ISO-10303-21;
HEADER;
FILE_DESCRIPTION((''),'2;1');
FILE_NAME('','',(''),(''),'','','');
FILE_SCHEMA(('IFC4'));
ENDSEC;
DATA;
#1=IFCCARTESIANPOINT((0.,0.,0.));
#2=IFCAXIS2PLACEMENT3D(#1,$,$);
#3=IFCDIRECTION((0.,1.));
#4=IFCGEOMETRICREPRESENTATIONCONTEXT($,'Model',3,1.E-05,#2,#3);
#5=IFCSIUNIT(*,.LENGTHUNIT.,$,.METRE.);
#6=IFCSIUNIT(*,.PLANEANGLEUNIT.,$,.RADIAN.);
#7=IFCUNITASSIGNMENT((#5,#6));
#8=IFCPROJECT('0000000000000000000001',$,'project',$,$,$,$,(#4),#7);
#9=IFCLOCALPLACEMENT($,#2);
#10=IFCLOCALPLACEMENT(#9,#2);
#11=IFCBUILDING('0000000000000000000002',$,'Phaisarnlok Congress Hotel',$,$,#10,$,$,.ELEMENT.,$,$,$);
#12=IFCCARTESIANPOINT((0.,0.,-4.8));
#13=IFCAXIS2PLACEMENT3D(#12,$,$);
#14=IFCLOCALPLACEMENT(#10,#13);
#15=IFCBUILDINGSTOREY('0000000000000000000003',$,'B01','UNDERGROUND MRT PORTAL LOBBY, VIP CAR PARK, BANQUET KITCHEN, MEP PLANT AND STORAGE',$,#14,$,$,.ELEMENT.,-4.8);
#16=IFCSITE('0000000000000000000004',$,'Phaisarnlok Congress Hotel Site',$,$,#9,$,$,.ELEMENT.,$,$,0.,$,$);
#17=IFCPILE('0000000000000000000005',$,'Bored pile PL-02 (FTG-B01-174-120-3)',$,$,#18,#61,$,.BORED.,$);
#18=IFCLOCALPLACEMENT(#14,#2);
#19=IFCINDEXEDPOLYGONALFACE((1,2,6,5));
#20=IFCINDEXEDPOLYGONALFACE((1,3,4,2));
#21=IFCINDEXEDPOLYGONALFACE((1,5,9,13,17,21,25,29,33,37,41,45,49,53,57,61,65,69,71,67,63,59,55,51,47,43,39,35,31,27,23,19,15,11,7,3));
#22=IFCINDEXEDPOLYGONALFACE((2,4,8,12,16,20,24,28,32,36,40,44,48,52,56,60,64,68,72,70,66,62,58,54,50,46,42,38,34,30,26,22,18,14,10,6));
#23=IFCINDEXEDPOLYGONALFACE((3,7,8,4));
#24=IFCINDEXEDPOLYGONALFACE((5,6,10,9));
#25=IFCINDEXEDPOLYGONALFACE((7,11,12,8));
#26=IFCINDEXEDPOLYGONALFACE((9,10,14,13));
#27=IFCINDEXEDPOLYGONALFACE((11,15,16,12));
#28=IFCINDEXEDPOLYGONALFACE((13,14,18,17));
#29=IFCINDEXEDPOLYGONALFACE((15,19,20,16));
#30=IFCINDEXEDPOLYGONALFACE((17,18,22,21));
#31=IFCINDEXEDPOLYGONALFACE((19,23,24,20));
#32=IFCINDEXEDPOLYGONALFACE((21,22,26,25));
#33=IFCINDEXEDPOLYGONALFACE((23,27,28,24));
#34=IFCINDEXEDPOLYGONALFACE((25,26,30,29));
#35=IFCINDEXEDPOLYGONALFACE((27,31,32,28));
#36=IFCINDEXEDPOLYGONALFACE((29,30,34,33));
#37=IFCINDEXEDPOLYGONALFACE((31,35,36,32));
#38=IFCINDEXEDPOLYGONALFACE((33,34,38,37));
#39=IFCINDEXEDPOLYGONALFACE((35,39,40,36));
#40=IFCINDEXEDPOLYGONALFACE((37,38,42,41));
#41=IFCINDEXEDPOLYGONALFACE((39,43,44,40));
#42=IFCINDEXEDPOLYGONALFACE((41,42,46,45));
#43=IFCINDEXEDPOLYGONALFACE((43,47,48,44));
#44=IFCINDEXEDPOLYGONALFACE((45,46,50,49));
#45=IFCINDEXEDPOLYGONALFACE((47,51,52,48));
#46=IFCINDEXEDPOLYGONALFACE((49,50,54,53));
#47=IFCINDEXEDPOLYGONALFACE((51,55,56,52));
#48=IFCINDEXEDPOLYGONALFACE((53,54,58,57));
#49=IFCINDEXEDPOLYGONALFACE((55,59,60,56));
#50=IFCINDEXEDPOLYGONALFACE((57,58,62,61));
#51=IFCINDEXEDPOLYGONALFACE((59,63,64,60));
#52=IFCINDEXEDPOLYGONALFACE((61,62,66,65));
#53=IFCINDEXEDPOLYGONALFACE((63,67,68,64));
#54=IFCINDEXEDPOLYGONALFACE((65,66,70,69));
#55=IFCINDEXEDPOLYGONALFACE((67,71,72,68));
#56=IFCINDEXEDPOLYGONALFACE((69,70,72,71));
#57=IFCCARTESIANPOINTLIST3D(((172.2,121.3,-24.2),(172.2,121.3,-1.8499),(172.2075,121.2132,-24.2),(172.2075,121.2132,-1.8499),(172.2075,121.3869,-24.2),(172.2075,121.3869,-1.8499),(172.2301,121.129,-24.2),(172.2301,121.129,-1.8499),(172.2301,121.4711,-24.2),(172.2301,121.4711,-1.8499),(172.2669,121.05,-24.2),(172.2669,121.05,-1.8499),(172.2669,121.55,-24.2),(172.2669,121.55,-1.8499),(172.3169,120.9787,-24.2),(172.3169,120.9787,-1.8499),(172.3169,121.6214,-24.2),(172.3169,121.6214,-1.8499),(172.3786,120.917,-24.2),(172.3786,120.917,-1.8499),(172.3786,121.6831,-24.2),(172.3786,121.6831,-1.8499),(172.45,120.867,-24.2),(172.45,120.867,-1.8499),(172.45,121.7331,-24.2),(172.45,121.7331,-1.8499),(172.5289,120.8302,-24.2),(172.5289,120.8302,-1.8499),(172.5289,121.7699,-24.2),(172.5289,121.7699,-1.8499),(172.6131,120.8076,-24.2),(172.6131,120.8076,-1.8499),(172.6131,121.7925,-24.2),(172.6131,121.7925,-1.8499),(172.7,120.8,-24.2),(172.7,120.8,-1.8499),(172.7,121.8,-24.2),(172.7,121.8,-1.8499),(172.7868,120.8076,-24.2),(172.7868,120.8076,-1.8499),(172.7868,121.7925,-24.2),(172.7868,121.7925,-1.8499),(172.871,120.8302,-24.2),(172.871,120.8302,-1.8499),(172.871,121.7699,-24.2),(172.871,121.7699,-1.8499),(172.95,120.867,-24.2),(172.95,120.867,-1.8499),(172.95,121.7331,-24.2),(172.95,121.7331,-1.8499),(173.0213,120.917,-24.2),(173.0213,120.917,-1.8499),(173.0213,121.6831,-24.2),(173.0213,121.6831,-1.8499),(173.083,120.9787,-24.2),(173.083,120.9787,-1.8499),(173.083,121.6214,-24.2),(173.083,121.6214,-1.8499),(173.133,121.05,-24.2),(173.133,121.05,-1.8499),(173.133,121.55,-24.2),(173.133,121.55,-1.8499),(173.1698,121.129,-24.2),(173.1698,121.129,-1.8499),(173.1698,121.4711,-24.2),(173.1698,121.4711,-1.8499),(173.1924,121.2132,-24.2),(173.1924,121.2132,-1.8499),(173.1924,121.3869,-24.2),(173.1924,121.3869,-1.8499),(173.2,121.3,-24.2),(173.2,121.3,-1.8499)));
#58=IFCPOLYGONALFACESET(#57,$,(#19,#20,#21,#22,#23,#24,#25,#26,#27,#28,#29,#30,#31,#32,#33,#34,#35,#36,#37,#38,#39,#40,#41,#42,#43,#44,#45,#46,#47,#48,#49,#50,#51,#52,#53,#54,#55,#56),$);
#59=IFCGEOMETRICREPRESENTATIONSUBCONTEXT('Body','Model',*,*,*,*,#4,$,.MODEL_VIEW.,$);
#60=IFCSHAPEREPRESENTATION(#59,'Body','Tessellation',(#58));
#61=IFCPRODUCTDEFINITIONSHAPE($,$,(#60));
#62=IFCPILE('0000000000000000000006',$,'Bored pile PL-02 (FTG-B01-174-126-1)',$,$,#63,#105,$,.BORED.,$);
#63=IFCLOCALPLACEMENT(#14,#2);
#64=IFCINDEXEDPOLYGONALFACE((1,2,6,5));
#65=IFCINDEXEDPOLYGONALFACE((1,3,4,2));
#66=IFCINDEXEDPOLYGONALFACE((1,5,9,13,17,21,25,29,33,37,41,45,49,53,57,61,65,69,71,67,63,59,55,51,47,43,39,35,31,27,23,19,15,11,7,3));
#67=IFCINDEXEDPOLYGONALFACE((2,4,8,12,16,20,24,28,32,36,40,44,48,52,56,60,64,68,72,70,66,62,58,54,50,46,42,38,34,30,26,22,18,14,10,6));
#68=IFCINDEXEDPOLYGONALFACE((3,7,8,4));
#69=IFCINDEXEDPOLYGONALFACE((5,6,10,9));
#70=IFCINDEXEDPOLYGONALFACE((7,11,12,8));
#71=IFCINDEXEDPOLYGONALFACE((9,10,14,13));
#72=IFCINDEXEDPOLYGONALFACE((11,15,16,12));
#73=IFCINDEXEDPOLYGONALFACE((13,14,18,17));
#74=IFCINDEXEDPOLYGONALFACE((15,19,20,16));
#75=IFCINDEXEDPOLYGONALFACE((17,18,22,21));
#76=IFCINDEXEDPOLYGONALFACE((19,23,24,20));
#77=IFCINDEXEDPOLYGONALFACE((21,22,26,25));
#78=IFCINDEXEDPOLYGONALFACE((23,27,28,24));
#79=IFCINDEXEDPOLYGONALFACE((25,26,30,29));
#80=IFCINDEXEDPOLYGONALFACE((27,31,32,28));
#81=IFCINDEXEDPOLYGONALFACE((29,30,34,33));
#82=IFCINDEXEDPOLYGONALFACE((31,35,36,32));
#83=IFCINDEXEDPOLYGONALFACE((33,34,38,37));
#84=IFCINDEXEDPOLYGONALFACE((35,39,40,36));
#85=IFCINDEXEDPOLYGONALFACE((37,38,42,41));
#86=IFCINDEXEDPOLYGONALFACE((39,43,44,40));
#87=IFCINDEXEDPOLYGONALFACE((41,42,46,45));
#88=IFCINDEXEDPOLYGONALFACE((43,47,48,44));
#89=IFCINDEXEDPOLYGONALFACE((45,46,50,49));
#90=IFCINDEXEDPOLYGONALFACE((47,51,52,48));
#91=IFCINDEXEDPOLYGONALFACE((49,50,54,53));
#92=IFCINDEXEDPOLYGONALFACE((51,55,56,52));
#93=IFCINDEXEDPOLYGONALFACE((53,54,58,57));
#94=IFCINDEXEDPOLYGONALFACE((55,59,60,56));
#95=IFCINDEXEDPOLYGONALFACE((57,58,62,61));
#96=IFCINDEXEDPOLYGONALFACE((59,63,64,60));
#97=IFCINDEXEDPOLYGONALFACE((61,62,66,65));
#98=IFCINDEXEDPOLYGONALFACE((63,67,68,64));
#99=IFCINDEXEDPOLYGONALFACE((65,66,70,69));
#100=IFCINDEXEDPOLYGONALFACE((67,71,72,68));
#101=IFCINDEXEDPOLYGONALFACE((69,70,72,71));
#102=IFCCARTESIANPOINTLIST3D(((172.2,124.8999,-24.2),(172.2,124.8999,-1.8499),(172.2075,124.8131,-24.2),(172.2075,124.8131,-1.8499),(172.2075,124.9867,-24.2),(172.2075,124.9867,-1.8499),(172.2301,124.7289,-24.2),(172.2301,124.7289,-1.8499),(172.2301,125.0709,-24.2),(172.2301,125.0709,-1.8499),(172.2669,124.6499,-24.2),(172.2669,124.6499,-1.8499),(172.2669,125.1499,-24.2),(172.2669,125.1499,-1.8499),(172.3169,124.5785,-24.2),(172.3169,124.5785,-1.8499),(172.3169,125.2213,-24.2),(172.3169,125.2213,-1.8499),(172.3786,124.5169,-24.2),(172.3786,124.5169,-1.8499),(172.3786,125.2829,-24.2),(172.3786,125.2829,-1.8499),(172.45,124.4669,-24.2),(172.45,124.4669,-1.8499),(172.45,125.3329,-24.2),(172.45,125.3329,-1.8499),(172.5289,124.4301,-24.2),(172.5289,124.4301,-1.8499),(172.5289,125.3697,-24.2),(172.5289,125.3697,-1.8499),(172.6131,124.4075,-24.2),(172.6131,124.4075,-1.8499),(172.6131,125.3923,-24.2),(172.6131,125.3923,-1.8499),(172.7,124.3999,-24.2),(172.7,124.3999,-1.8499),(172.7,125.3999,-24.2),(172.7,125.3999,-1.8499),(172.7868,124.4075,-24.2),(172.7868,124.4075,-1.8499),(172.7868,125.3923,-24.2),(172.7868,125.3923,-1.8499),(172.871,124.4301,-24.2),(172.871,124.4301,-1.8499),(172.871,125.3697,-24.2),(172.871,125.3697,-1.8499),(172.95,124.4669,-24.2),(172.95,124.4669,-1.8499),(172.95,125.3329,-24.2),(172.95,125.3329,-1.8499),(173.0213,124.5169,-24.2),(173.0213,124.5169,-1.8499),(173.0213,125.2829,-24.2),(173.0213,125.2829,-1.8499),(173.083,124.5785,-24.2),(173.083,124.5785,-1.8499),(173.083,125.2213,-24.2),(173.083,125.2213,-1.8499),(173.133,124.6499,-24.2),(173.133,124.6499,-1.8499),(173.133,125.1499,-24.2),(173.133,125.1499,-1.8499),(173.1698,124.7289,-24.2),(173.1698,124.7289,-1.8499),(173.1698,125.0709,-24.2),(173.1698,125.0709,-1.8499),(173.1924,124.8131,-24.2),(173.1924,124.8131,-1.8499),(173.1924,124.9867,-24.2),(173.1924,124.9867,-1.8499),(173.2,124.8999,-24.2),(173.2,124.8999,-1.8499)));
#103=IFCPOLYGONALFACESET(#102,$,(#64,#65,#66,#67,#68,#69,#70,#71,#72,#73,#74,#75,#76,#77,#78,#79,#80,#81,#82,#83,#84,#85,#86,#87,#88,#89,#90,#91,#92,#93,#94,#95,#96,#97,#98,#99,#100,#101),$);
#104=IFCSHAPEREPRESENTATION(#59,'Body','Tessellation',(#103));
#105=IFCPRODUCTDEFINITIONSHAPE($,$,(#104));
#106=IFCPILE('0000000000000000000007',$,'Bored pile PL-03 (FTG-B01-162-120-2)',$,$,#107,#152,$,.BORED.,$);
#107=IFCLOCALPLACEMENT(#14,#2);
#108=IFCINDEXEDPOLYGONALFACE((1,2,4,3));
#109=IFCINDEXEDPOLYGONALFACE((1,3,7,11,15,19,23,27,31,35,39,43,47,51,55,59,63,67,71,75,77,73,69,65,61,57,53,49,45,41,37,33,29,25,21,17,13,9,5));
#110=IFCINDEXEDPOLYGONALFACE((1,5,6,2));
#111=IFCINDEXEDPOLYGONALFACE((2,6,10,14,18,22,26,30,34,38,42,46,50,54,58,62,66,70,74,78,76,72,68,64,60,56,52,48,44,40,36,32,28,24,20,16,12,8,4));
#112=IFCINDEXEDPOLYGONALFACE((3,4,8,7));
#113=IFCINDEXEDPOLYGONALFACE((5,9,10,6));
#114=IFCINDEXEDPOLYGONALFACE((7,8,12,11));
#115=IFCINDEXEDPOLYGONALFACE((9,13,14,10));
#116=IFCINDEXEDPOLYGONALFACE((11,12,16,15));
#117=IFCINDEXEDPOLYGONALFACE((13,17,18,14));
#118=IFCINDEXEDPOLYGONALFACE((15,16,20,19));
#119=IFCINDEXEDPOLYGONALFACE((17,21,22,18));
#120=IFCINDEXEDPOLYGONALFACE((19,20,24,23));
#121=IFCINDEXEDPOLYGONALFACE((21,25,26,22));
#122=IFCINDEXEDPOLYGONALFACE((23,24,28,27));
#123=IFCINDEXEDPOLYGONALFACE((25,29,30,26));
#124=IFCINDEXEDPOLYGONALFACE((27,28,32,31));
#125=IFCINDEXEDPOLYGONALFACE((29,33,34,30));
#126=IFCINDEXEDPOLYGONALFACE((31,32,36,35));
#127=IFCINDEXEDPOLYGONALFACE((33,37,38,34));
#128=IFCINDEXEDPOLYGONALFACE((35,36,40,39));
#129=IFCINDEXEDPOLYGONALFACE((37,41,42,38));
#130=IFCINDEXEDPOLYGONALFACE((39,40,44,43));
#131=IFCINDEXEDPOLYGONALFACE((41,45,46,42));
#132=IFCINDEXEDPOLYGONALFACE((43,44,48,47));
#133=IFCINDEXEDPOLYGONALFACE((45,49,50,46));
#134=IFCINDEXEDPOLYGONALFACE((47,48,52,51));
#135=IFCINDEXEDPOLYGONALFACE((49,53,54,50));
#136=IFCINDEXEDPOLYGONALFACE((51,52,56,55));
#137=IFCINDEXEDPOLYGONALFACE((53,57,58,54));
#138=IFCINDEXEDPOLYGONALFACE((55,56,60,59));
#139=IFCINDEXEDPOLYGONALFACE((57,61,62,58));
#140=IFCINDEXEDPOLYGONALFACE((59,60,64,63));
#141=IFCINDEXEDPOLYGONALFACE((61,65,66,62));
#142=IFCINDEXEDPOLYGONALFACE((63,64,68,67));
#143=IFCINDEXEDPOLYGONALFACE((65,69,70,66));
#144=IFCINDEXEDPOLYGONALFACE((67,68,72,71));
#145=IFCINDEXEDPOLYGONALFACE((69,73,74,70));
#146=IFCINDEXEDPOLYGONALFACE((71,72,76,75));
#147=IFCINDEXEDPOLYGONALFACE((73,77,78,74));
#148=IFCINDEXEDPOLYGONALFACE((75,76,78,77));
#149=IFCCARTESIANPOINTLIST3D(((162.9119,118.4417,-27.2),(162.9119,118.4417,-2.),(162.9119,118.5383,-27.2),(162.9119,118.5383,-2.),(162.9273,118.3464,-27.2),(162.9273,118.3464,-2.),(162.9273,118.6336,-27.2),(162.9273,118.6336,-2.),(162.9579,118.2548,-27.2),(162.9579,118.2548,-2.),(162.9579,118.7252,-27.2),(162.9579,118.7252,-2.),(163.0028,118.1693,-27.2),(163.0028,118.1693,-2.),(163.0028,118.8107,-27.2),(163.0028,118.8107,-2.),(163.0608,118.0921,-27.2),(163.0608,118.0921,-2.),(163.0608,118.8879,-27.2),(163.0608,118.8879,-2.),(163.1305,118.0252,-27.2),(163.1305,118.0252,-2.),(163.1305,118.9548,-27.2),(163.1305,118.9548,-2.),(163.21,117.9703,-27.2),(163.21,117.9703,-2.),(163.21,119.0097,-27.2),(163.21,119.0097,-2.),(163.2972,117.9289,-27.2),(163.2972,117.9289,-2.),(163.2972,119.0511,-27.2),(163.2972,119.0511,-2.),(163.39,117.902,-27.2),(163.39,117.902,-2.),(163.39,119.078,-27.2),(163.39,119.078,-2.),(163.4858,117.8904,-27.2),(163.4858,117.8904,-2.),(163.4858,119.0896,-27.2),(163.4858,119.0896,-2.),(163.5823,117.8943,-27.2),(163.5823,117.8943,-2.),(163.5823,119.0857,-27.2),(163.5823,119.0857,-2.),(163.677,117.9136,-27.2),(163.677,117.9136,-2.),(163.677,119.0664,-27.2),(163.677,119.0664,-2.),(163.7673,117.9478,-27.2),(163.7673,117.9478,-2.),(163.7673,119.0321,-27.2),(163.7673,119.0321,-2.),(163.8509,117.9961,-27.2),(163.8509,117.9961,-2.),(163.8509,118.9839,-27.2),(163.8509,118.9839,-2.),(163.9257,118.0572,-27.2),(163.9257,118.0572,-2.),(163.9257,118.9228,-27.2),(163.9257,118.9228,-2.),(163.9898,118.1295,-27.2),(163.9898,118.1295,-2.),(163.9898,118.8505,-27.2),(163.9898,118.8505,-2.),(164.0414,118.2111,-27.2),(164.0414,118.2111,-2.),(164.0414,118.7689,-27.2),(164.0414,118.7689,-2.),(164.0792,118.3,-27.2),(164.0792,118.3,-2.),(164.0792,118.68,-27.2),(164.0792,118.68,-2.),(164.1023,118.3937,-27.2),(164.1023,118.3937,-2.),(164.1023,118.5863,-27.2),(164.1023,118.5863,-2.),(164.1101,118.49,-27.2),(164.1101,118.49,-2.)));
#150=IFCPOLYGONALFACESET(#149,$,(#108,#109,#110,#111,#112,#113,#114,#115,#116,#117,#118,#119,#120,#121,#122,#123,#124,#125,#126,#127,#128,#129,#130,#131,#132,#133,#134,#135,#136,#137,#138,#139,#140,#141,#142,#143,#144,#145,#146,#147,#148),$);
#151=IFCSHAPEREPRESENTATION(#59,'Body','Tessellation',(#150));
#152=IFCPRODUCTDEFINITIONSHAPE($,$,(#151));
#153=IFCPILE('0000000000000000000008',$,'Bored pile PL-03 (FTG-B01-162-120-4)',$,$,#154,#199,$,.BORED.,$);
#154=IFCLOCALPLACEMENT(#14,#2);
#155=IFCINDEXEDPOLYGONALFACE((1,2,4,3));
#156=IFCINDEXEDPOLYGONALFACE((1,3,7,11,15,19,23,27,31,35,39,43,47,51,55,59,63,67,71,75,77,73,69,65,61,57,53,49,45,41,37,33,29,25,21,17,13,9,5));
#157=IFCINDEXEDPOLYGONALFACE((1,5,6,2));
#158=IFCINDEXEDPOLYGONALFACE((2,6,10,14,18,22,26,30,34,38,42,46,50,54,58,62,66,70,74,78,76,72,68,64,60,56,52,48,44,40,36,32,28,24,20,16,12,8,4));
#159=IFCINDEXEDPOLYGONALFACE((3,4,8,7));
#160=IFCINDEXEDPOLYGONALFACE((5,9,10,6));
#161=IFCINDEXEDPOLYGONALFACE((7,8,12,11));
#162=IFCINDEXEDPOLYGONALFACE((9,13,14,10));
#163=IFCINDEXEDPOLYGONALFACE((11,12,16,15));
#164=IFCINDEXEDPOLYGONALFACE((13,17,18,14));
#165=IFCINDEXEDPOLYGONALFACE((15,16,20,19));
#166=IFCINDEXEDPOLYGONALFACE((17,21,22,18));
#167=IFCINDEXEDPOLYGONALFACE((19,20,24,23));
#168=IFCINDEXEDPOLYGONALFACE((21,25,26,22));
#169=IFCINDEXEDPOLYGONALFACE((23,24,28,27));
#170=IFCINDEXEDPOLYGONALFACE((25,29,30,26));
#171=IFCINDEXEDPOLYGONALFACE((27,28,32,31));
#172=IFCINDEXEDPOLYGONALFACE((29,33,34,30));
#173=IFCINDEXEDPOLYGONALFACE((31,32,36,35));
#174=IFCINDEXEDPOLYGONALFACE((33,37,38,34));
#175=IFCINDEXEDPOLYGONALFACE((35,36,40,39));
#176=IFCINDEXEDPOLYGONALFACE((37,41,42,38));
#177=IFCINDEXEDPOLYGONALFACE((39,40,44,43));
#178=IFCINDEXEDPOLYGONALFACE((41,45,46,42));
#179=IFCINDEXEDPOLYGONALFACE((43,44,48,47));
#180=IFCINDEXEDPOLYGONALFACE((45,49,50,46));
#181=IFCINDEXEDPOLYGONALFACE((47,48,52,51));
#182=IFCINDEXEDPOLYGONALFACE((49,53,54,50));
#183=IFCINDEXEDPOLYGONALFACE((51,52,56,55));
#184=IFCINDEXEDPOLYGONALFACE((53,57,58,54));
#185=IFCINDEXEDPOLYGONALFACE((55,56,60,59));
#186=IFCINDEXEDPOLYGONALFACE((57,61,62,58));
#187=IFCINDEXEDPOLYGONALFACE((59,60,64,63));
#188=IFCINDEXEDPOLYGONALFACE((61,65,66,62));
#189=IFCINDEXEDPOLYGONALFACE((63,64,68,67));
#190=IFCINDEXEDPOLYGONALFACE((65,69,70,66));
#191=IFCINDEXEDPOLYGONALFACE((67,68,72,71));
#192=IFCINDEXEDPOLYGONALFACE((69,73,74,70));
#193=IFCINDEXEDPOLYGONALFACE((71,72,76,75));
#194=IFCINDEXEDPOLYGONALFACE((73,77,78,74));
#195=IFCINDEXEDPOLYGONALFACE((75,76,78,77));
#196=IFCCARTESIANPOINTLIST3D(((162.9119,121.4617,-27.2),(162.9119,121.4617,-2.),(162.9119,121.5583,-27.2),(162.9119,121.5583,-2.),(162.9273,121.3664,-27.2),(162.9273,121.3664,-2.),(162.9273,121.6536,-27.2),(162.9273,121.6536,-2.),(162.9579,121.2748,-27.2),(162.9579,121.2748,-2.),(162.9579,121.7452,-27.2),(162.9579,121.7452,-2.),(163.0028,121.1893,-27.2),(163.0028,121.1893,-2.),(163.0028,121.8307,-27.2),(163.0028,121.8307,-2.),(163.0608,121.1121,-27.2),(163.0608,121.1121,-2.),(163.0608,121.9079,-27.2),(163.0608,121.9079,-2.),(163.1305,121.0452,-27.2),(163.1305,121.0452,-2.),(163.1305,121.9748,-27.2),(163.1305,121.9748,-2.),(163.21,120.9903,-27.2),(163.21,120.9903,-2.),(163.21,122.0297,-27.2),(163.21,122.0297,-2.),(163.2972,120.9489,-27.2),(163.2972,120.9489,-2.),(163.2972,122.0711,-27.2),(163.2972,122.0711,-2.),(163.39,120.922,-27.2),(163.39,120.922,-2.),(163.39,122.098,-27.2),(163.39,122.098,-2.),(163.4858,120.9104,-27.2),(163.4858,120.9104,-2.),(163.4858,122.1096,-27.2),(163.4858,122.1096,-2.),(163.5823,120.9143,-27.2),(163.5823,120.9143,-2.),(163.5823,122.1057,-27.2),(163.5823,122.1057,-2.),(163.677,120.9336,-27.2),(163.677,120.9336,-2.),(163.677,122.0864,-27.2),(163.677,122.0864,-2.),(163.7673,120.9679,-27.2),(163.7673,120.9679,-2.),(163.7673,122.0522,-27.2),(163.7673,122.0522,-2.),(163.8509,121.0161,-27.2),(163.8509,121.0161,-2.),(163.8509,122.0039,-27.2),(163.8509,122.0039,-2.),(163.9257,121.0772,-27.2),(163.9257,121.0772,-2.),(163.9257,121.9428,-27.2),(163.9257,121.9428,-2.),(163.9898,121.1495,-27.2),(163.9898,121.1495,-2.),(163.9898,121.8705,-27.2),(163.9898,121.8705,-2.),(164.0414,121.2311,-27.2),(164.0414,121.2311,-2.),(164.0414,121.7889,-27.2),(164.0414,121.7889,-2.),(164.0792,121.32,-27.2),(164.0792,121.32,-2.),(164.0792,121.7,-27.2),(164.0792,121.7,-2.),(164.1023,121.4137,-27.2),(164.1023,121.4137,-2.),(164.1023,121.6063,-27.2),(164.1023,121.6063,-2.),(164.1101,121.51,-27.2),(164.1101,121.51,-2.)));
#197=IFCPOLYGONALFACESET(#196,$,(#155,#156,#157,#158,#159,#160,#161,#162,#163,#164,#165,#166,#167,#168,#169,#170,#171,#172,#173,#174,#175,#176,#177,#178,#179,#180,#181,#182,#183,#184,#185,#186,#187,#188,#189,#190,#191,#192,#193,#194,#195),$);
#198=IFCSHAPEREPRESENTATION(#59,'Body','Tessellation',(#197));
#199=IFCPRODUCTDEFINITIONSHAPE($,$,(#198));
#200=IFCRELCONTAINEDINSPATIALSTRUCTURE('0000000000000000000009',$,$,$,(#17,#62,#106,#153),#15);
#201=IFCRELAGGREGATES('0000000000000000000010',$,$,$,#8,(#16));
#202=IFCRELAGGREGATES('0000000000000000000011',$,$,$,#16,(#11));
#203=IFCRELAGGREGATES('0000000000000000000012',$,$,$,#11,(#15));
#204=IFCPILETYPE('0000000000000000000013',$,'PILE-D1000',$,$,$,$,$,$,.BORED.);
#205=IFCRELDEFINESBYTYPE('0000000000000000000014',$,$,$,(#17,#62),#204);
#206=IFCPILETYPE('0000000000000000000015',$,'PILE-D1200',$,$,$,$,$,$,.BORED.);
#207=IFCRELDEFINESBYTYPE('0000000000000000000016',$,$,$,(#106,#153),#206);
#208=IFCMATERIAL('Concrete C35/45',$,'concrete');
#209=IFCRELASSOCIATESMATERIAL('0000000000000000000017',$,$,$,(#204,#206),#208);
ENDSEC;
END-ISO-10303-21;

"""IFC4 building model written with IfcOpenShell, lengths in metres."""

from ifc_helpers import new_model, si_unit, direction, frame, origin, origin_2d, place, context, subcontext, project, spatial, circle, extrude, material, material_profile, profile_set, type_object, element, save


model = new_model("IFC4")

# Units and contexts
model_context = context("Model", 3, precision=1e-05, world=origin(), true_north=direction((0.0, 1.0)))
body_context = subcontext(model_context, "Body", "Model", "MODEL_VIEW")
ifc_project = project(units=[si_unit("LENGTHUNIT", "METRE"), si_unit("PLANEANGLEUNIT", "RADIAN")], contexts=[model_context])

# Site, building, storey
site_placement = place(None, origin())
site = spatial("IfcSite", under=ifc_project, at=site_placement, Name="Phaisarnlok Congress Hotel Site", CompositionType="ELEMENT", RefElevation=0.0)
building_placement = place(site_placement, origin())
building = spatial("IfcBuilding", under=site, at=building_placement, Name="Phaisarnlok Congress Hotel", CompositionType="ELEMENT")
storey_placement = place(building_placement, frame((0.0, 0.0, -4.8)))
storey = spatial("IfcBuildingStorey", under=building, at=storey_placement, Name="B01", Description="UNDERGROUND MRT PORTAL LOBBY, VIP CAR PARK, BANQUET KITCHEN, MEP PLANT AND STORAGE", CompositionType="ELEMENT", Elevation=-4.8)

# Piles
ifc_material_1 = material(Name="Concrete C35/45", Category="concrete")
ifc_material_profile_1 = material_profile(ifc_material_1, circle(Radius=0.5, at=origin_2d()), Name="BORED PILE D1000")
ifc_profile_set_1 = profile_set([ifc_material_profile_1], Name="Concrete C35/45")
pile_type_1 = type_object("IfcPileType", Name="PILE-D1000", PredefinedType="BORED", material=ifc_profile_set_1)
for number, where, z_axis, x_axis, name in (
    (1, (172.7, 121.3, -1.8499), (0.0, 0.0, -1.0), (1.0, 0.0, 0.0), "Bored pile PL-02 (FTG-B01-174-120-3)"),
    (2, (172.7, 124.8999, -1.8499), (0.0, 0.0, -1.0), (1.0, 0.0, 0.0), "Bored pile PL-02 (FTG-B01-174-126-1)"),
):
    element("IfcPile", number, at=place(storey_placement, frame(where, z_axis=z_axis, x_axis=x_axis)), inside=storey, type_object=pile_type_1, Name=name, PredefinedType="BORED", context=body_context, shape_type="SweptSolid", body=[
        extrude(circle(Radius=0.5, at=origin_2d()), origin(), (0.0, 0.0, 1.0), 22.3501),
    ])
ifc_material_profile_2 = material_profile(ifc_material_1, circle(Radius=0.6001, at=origin_2d()), Name="BORED PILE D1200")
ifc_profile_set_2 = profile_set([ifc_material_profile_2], Name="Concrete C35/45")
pile_type_2 = type_object("IfcPileType", Name="PILE-D1200", PredefinedType="BORED", material=ifc_profile_set_2)
for number, where, z_axis, x_axis, name in (
    (3, (163.51, 118.49, -2.0), (0.0, 0.0, -1.0), (1.0, 0.0, 0.0), "Bored pile PL-03 (FTG-B01-162-120-2)"),
    (4, (163.51, 121.51, -2.0), (0.0, 0.0, -1.0), (1.0, 0.0, 0.0), "Bored pile PL-03 (FTG-B01-162-120-4)"),
):
    element("IfcPile", number, at=place(storey_placement, frame(where, z_axis=z_axis, x_axis=x_axis)), inside=storey, type_object=pile_type_2, Name=name, PredefinedType="BORED", context=body_context, shape_type="SweptSolid", body=[
        extrude(circle(Radius=0.6001, at=origin_2d()), origin(), (0.0, 0.0, 1.0), 25.2),
    ])

save(model, "model.ifc")
